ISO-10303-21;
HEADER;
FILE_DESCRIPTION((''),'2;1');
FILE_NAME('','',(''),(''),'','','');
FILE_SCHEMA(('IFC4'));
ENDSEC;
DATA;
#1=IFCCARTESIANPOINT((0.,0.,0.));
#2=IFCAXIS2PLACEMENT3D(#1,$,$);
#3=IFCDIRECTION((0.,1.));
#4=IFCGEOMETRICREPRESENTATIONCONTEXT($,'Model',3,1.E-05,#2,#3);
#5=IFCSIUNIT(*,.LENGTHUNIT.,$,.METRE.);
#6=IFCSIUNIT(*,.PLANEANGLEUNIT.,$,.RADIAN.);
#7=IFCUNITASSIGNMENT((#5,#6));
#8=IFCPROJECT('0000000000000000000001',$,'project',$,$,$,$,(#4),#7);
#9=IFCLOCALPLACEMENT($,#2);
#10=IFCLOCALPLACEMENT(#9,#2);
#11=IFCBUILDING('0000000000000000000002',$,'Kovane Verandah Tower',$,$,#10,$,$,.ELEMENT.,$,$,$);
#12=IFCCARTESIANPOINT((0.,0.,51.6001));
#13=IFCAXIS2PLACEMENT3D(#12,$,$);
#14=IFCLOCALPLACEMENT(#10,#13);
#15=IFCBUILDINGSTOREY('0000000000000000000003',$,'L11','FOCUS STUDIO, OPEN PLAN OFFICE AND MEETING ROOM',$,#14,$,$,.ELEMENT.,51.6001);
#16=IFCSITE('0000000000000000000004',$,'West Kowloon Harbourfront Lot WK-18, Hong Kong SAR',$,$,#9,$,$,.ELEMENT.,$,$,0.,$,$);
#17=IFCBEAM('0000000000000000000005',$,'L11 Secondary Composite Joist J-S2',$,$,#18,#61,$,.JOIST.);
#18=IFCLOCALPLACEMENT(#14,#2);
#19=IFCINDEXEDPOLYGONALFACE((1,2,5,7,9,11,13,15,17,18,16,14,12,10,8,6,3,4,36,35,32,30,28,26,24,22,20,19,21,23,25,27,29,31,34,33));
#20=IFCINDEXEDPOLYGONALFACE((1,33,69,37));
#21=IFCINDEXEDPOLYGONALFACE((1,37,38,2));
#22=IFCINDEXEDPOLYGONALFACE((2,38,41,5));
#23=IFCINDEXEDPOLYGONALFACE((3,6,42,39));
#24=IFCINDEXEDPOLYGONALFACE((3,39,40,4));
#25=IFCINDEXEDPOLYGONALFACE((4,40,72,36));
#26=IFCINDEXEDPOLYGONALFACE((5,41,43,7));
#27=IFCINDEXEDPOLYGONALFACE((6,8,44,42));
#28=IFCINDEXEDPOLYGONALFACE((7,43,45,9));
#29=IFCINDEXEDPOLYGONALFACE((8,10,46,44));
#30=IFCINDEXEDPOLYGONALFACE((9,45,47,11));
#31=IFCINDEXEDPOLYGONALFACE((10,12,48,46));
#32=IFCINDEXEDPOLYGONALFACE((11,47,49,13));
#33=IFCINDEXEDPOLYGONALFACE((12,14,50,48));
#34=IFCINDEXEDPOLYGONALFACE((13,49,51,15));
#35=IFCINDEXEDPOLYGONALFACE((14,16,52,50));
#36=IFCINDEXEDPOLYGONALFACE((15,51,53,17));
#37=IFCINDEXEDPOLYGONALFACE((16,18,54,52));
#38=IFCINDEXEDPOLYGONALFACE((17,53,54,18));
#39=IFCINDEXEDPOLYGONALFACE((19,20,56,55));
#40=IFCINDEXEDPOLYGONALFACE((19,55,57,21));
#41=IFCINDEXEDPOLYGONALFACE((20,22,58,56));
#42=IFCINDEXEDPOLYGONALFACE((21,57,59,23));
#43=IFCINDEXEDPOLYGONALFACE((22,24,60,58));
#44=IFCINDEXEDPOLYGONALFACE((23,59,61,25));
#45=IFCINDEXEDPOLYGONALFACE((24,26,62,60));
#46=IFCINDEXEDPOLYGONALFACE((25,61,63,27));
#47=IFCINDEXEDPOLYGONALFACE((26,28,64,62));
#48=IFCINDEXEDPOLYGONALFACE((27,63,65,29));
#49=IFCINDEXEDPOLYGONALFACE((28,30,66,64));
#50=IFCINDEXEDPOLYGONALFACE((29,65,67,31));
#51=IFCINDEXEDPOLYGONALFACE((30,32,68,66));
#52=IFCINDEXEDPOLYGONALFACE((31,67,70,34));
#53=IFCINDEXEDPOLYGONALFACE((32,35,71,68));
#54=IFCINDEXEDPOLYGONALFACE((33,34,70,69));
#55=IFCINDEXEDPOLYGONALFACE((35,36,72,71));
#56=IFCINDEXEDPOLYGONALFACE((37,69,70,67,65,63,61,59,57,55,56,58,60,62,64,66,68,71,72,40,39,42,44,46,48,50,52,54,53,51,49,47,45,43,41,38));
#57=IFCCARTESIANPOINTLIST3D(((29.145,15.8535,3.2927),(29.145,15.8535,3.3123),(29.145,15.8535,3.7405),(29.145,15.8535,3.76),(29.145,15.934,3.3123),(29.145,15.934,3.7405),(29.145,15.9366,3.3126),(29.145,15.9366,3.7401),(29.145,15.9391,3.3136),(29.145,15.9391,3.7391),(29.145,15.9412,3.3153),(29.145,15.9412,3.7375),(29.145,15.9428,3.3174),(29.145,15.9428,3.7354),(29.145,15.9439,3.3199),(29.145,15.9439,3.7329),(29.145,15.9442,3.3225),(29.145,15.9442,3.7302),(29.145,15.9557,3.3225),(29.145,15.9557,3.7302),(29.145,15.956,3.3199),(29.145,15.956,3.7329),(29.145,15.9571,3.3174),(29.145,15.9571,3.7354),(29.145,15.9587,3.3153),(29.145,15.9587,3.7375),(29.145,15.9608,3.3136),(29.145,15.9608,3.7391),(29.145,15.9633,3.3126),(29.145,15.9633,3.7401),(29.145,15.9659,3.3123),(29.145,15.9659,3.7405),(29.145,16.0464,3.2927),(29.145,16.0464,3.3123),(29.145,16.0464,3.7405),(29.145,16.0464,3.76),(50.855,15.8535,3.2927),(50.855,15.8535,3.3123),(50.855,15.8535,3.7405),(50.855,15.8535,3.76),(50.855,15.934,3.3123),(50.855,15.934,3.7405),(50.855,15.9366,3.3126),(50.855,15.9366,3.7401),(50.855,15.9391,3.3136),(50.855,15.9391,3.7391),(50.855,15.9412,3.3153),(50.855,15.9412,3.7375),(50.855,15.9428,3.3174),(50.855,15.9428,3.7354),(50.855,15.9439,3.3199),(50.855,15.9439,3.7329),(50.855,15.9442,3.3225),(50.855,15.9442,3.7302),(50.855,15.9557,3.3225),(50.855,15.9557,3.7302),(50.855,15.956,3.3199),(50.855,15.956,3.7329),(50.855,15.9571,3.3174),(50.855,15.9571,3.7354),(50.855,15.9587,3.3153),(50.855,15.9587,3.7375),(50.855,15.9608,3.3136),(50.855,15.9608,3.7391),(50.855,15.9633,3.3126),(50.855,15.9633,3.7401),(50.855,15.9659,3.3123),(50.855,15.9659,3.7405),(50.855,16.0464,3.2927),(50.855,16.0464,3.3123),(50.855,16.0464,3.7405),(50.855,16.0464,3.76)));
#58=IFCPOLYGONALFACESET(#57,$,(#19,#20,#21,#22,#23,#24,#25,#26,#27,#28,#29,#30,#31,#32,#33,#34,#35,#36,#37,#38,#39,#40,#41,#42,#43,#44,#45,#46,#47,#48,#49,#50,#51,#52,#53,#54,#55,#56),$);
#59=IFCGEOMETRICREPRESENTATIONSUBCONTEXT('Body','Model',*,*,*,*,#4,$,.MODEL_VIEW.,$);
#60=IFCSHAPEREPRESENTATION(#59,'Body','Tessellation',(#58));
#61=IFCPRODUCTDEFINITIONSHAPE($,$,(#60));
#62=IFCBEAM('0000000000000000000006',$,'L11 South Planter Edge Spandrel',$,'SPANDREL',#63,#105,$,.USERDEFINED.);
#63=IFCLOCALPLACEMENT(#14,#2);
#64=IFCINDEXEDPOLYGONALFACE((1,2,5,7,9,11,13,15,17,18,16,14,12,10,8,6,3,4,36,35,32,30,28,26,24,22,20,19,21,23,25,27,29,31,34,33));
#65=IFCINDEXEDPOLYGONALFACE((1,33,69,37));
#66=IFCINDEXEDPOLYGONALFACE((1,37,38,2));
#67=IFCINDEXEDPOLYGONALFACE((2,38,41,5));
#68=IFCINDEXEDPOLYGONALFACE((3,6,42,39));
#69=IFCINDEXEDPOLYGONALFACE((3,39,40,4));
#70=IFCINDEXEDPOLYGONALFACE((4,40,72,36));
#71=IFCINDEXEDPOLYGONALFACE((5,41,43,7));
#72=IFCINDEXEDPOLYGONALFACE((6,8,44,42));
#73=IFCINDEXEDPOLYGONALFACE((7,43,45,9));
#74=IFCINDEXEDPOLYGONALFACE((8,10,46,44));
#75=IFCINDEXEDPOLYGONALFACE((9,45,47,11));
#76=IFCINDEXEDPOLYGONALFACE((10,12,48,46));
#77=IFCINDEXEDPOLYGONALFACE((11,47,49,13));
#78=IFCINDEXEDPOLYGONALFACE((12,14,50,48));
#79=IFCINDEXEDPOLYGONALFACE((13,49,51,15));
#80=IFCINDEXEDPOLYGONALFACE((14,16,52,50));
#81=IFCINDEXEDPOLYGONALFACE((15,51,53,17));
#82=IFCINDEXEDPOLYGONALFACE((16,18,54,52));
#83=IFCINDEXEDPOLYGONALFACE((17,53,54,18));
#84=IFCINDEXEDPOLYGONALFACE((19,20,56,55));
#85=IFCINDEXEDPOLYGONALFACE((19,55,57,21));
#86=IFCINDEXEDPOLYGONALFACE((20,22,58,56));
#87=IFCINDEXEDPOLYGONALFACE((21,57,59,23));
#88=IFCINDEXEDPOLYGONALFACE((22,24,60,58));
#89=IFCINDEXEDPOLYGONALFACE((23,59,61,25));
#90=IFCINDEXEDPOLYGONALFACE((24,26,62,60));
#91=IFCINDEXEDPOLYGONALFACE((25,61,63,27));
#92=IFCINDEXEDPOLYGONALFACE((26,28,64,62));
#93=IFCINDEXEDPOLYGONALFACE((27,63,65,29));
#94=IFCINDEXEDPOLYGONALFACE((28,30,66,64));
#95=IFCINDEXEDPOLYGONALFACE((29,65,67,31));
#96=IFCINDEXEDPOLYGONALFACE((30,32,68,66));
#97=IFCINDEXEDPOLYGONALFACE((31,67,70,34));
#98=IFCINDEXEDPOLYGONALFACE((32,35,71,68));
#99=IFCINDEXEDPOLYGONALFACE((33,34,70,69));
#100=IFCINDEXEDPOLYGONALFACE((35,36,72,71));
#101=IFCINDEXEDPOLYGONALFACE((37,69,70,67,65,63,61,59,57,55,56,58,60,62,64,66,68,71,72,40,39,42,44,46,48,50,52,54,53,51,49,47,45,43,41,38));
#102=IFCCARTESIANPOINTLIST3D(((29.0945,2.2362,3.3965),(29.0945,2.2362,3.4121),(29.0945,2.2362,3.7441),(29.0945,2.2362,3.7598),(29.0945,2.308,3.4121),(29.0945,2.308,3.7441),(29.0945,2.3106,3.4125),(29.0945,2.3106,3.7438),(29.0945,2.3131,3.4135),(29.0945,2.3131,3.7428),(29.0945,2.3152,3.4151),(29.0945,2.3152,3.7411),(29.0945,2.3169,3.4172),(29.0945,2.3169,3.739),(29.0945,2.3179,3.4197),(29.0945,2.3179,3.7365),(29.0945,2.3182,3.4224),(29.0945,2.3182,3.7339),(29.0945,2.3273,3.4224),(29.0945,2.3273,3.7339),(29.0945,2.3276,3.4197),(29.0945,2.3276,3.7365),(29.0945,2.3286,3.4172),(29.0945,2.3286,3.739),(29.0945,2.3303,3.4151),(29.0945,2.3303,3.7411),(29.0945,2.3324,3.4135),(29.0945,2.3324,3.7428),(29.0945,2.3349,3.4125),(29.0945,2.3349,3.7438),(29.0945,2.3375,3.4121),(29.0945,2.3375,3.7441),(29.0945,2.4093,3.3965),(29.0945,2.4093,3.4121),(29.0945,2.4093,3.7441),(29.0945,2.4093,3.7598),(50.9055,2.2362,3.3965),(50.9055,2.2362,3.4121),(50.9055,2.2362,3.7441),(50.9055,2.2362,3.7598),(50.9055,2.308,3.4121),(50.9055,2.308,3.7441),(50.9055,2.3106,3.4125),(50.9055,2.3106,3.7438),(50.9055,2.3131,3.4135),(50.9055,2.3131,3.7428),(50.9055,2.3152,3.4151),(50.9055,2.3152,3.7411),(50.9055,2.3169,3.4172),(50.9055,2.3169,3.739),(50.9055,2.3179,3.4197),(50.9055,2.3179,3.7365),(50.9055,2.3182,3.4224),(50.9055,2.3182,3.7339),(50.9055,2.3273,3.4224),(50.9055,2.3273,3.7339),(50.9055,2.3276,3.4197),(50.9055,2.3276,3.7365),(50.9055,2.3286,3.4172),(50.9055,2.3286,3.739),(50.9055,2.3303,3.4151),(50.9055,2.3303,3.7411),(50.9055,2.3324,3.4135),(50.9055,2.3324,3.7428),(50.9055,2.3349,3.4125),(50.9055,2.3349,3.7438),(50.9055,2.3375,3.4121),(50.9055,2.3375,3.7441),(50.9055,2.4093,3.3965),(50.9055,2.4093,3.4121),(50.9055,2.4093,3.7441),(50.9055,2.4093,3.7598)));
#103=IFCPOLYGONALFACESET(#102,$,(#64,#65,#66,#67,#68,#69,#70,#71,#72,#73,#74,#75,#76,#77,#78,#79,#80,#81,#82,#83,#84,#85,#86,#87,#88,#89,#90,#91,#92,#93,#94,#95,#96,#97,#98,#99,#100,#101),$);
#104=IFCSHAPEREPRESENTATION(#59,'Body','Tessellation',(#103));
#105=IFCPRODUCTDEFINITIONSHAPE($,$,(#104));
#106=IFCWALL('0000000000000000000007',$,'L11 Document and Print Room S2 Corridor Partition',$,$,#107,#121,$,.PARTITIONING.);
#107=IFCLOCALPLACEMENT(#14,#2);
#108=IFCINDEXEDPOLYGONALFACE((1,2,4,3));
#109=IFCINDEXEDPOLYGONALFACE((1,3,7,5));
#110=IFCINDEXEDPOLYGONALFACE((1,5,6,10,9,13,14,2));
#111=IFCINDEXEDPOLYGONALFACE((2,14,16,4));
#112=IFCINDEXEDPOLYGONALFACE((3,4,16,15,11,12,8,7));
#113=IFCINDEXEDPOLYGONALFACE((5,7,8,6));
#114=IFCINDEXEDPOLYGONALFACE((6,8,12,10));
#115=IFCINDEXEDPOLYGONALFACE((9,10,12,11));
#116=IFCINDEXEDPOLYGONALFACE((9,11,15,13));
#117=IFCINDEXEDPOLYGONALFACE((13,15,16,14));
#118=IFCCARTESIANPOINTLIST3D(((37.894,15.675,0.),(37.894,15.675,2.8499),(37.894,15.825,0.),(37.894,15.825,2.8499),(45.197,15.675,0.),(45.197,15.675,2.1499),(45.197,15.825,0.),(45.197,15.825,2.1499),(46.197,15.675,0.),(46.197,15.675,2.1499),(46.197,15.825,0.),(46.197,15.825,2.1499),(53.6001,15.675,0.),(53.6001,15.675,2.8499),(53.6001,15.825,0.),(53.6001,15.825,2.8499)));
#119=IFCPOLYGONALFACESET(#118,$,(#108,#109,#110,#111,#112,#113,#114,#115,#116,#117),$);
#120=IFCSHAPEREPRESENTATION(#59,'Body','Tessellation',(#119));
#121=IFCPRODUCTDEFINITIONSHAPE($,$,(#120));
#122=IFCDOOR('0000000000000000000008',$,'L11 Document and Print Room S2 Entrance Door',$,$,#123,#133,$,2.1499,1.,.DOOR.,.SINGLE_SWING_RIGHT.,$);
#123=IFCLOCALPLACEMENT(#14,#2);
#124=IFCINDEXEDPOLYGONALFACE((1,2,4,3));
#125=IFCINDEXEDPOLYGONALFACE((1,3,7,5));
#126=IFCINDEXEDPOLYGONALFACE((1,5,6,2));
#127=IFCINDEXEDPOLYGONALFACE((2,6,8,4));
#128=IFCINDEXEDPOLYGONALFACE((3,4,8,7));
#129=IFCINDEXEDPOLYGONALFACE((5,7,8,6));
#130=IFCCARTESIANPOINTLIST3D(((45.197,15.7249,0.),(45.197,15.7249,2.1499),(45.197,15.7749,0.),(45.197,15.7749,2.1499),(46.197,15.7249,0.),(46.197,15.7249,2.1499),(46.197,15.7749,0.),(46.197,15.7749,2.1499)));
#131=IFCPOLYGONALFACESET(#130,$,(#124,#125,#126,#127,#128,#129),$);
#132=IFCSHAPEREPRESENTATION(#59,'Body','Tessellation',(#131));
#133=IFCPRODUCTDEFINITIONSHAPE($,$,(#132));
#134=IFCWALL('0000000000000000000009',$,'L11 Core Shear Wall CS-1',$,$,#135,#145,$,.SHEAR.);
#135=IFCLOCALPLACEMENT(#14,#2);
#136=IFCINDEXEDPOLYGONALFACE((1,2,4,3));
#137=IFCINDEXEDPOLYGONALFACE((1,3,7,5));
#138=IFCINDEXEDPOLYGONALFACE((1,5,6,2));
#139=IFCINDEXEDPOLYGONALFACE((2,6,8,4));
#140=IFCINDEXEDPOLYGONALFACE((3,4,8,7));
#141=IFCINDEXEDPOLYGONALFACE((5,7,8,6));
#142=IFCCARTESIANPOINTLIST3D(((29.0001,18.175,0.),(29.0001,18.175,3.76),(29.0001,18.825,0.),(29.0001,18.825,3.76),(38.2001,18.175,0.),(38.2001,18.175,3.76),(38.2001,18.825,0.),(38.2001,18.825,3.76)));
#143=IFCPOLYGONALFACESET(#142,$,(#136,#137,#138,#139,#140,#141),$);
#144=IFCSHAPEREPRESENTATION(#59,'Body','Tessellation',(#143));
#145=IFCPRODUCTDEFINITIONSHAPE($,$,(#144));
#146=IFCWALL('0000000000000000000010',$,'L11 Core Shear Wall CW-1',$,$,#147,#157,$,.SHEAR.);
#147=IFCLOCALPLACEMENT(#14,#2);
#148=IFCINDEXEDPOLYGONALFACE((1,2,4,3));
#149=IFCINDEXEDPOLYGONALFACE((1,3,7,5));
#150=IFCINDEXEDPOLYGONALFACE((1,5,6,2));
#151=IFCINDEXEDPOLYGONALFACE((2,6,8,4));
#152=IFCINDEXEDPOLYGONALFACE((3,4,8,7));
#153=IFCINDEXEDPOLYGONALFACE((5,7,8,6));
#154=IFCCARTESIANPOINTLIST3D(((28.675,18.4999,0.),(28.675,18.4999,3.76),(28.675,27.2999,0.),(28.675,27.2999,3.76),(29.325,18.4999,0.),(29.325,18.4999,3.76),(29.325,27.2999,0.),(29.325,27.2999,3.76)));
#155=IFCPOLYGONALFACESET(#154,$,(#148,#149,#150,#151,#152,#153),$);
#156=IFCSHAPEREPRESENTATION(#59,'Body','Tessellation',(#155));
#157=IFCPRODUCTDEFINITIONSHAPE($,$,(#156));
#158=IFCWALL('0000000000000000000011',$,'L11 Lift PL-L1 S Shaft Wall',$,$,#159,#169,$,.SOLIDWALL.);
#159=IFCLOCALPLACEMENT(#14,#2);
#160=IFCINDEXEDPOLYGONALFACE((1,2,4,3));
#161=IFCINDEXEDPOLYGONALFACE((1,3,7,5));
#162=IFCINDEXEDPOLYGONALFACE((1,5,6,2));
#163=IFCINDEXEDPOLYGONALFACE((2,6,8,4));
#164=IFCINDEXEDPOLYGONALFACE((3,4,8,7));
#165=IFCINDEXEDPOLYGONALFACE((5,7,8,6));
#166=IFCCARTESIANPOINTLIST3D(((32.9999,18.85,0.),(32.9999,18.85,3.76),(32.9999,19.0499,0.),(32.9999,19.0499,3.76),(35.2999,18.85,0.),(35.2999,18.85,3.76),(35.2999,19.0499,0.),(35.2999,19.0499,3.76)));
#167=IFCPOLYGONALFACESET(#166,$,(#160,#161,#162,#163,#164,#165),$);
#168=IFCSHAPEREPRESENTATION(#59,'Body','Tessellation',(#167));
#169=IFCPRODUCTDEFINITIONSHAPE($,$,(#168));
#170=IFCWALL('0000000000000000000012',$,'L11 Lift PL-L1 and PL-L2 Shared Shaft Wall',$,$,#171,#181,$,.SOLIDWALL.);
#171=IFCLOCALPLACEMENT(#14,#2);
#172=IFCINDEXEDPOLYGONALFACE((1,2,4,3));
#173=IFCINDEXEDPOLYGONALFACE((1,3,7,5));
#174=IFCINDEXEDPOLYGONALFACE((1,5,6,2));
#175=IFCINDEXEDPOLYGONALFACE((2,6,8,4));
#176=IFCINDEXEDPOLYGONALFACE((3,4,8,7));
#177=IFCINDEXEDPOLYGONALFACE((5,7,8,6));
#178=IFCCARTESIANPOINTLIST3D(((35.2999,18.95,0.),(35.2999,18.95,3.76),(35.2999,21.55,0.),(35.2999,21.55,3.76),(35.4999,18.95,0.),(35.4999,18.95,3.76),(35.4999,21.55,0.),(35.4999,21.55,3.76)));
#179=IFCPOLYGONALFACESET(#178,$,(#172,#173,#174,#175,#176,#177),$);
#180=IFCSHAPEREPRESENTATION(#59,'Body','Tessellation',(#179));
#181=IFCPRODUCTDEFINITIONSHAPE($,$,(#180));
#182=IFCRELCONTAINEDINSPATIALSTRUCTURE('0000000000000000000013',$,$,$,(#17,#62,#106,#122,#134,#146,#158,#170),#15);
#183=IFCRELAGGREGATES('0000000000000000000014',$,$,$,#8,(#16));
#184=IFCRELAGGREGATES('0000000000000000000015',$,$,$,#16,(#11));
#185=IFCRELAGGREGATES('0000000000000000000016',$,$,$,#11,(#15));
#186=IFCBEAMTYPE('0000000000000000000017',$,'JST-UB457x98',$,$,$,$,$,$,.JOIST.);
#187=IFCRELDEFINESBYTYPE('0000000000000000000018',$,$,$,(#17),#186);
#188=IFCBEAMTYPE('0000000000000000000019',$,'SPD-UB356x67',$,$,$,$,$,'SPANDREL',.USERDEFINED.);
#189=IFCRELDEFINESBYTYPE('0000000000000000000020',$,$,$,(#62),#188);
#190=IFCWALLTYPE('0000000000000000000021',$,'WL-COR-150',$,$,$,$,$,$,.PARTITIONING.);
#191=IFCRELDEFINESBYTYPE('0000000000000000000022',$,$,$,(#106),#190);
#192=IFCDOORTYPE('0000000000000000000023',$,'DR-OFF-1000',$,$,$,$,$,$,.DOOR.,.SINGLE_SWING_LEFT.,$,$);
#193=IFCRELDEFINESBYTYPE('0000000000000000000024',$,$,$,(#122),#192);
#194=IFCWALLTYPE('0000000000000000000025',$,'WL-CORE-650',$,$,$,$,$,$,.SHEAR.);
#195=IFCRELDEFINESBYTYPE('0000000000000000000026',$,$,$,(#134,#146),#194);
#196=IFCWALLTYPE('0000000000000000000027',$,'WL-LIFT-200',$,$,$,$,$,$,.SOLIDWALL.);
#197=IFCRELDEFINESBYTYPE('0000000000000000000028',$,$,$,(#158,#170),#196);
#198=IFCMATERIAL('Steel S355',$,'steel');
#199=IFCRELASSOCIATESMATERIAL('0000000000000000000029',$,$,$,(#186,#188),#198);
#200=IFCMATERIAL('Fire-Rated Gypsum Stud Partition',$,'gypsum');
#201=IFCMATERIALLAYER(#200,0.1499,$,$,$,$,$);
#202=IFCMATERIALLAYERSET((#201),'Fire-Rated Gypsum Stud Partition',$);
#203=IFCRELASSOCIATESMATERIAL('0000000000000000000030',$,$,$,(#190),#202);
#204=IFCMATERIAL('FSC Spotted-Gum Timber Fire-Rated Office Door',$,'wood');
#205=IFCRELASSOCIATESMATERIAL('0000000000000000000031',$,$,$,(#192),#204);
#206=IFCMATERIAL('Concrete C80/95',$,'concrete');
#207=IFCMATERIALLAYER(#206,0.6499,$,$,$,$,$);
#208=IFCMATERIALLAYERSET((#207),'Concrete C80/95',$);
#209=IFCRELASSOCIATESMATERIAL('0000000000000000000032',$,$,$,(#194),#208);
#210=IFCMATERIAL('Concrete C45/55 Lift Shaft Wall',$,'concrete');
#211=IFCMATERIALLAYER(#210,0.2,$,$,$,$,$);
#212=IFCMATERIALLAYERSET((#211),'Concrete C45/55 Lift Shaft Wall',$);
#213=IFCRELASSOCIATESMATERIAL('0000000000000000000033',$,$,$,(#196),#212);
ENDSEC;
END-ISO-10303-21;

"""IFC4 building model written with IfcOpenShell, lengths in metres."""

from ifc_helpers import new_model, si_unit, direction, frame, frame_2d, origin, origin_2d, place, context, subcontext, project, spatial, rectangle, i_section, extrude, material, layer, layer_set, material_profile, profile_set, type_object, element, fill, save


model = new_model("IFC4")

# Units and contexts
model_context = context("Model", 3, precision=1e-05, world=origin(), true_north=direction((0.0, 1.0)))
body_context = subcontext(model_context, "Body", "Model", "MODEL_VIEW")
ifc_project = project(units=[si_unit("LENGTHUNIT", "METRE"), si_unit("PLANEANGLEUNIT", "RADIAN")], contexts=[model_context])

# Site, building, storey
site_placement = place(None, origin())
site = spatial("IfcSite", under=ifc_project, at=site_placement, Name="West Kowloon Harbourfront Lot WK-18, Hong Kong SAR", CompositionType="ELEMENT", RefElevation=0.0)
building_placement = place(site_placement, origin())
building = spatial("IfcBuilding", under=site, at=building_placement, Name="Kovane Verandah Tower", CompositionType="ELEMENT")
storey_placement = place(building_placement, frame((0.0, 0.0, 51.6001)))
storey = spatial("IfcBuildingStorey", under=building, at=storey_placement, Name="L11", Description="FOCUS STUDIO, OPEN PLAN OFFICE AND MEETING ROOM", CompositionType="ELEMENT", Elevation=51.6001)

# Shared definitions
ifc_material_1 = material(Name="Concrete C80/95", Category="concrete")

# Beams
ifc_material_2 = material(Name="Steel S355", Category="steel")
ifc_material_profile_1 = material_profile(ifc_material_2, i_section(OverallWidth=0.1929, OverallDepth=0.4673, WebThickness=0.0115, FlangeThickness=0.0195, FilletRadius=0.0103, at=origin_2d()), Name="UB457x191x98")
ifc_profile_set_1 = profile_set([ifc_material_profile_1], Name="Steel S355")
beam_type_1 = type_object("IfcBeamType", Name="JST-UB457x98", PredefinedType="JOIST", material=ifc_profile_set_1)
for number, where, z_axis, x_axis, name in (
    (1, (29.145, 15.95, 3.5264), (1.0, 0.0, 0.0), (0.0, 1.0, 0.0), "L11 Secondary Composite Joist J-S2"),
):
    element("IfcBeam", number, at=place(storey_placement, frame(where, z_axis=z_axis, x_axis=x_axis)), inside=storey, type_object=beam_type_1, Name=name, PredefinedType="JOIST", context=body_context, shape_type="SweptSolid", body=[
        extrude(i_section(OverallWidth=0.1929, OverallDepth=0.4673, WebThickness=0.0115, FlangeThickness=0.0195, FilletRadius=0.0103, at=origin_2d()), origin(), (0.0, 0.0, 1.0), 21.71),
    ])
ifc_material_profile_2 = material_profile(ifc_material_2, i_section(OverallWidth=0.1731, OverallDepth=0.3633, WebThickness=0.009, FlangeThickness=0.0156, FilletRadius=0.0103, at=origin_2d()), Name="UB356x171x67")
ifc_profile_set_2 = profile_set([ifc_material_profile_2], Name="Steel S355")
beam_type_2 = type_object("IfcBeamType", Name="SPD-UB356x67", ElementType="SPANDREL", PredefinedType="USERDEFINED", material=ifc_profile_set_2)
beam_1_placement = place(storey_placement, frame((29.0945, 2.3228, 3.5781), z_axis=(1.0, 0.0, 0.0), x_axis=(0.0, 1.0, 0.0)))
element("IfcBeam", 2, at=beam_1_placement, inside=storey, type_object=beam_type_2, Name="L11 South Planter Edge Spandrel", ObjectType="SPANDREL", PredefinedType="USERDEFINED", context=body_context, shape_type="SweptSolid", body=[
    extrude(i_section(OverallWidth=0.1731, OverallDepth=0.3633, WebThickness=0.009, FlangeThickness=0.0156, FilletRadius=0.0103, at=origin_2d()), origin(), (0.0, 0.0, 1.0), 21.811),
])

# Wall, opening, door
ifc_material_3 = material(Name="Fire-Rated Gypsum Stud Partition", Category="gypsum")
ifc_layer_1 = layer(ifc_material_3, 0.1499)
ifc_layer_set_1 = layer_set([ifc_layer_1], Name="Fire-Rated Gypsum Stud Partition")
wall_type_1 = type_object("IfcWallType", Name="WL-COR-150", PredefinedType="PARTITIONING", material=ifc_layer_set_1)
wall_1_placement = place(storey_placement, frame((37.894, 15.75, 0.0), z_axis=(0.0, 0.0, 1.0), x_axis=(1.0, 0.0, 0.0)))
wall_1 = element("IfcWall", 3, at=wall_1_placement, inside=storey, type_object=wall_type_1, Name="L11 Document and Print Room S2 Corridor Partition", PredefinedType="PARTITIONING", context=body_context, shape_type="SweptSolid", body=[
    extrude(rectangle(XDim=15.7061, YDim=0.1499, at=frame_2d((7.853, 0.0))), origin(), (0.0, 0.0, 1.0), 2.8499),
])
opening_1_placement = place(wall_1_placement, frame((7.303, 0.0, 0.0)))
opening_1 = element("IfcOpeningElement", 4, at=opening_1_placement, cuts=wall_1, PredefinedType="OPENING", context=body_context, shape_type="SweptSolid", body=[
    extrude(rectangle(XDim=1.0, YDim=2.1499, at=frame_2d((0.5, 1.075))), frame((0.0, 0.075, 0.0), z_axis=(0.0, -1.0, 0.0), x_axis=(1.0, 0.0, 0.0)), (0.0, 0.0, 1.0), 0.1499),
])
ifc_material_4 = material(Name="FSC Spotted-Gum Timber Fire-Rated Office Door", Category="wood")
door_type_1 = type_object("IfcDoorType", Name="DR-OFF-1000", OperationType="SINGLE_SWING_LEFT", PredefinedType="DOOR", material=ifc_material_4)
door_1_placement = place(opening_1_placement, origin())
door_1 = element("IfcDoor", 5, at=door_1_placement, inside=storey, type_object=door_type_1, Name="L11 Document and Print Room S2 Entrance Door", OperationType="SINGLE_SWING_RIGHT", OverallHeight=2.1499, OverallWidth=1.0, PredefinedType="DOOR", context=body_context, shape_type="SweptSolid", body=[
    extrude(rectangle(XDim=1.0, YDim=2.1499, at=frame_2d((0.5, 1.075))), frame((0.0, 0.0249, 0.0), z_axis=(0.0, -1.0, 0.0), x_axis=(1.0, 0.0, 0.0)), (0.0, 0.0, 1.0), 0.05),
])
fill(opening_1, door_1)

# Walls
ifc_layer_2 = layer(ifc_material_1, 0.6499)
ifc_layer_set_2 = layer_set([ifc_layer_2], Name="Concrete C80/95")
wall_type_2 = type_object("IfcWallType", Name="WL-CORE-650", PredefinedType="SHEAR", material=ifc_layer_set_2)
wall_2_placement = place(storey_placement, frame((29.0, 18.5, 0.0), z_axis=(0.0, 0.0, 1.0), x_axis=(1.0, 0.0, 0.0)))
element("IfcWall", 6, at=wall_2_placement, inside=storey, type_object=wall_type_2, Name="L11 Core Shear Wall CS-1", PredefinedType="SHEAR", context=body_context, shape_type="SweptSolid", body=[
    extrude(rectangle(XDim=9.2, YDim=0.6499, at=frame_2d((4.6001, 0.0))), origin(), (0.0, 0.0, 1.0), 3.76),
])
wall_3_placement = place(storey_placement, frame((29.0, 18.5, 0.0), z_axis=(0.0, 0.0, 1.0), x_axis=(0.0, 1.0, 0.0)))
element("IfcWall", 7, at=wall_3_placement, inside=storey, type_object=wall_type_2, Name="L11 Core Shear Wall CW-1", PredefinedType="SHEAR", context=body_context, shape_type="SweptSolid", body=[
    extrude(rectangle(XDim=8.8, YDim=0.6499, at=frame_2d((4.3999, 0.0))), origin(), (0.0, 0.0, 1.0), 3.76),
])
ifc_material_5 = material(Name="Concrete C45/55 Lift Shaft Wall", Category="concrete")
ifc_layer_3 = layer(ifc_material_5, 0.2)
ifc_layer_set_3 = layer_set([ifc_layer_3], Name="Concrete C45/55 Lift Shaft Wall")
wall_type_3 = type_object("IfcWallType", Name="WL-LIFT-200", PredefinedType="SOLIDWALL", material=ifc_layer_set_3)
wall_4_placement = place(storey_placement, frame((33.0, 18.95, 0.0), z_axis=(0.0, 0.0, 1.0), x_axis=(1.0, 0.0, 0.0)))
element("IfcWall", 8, at=wall_4_placement, inside=storey, type_object=wall_type_3, Name="L11 Lift PL-L1 S Shaft Wall", PredefinedType="SOLIDWALL", context=body_context, shape_type="SweptSolid", body=[
    extrude(rectangle(XDim=2.3, YDim=0.2, at=frame_2d((1.1499, 0.0))), origin(), (0.0, 0.0, 1.0), 3.76),
])

# Wall
wall_5_placement = place(storey_placement, frame((35.3999, 18.95, 0.0), z_axis=(0.0, 0.0, 1.0), x_axis=(0.0, 1.0, 0.0)))
element("IfcWall", 9, at=wall_5_placement, inside=storey, type_object=wall_type_3, Name="L11 Lift PL-L1 and PL-L2 Shared Shaft Wall", PredefinedType="SOLIDWALL", context=body_context, shape_type="SweptSolid", body=[
    extrude(rectangle(XDim=2.6001, YDim=0.2, at=frame_2d((1.3, 0.0))), origin(), (0.0, 0.0, 1.0), 3.76),
])

save(model, "model.ifc")
